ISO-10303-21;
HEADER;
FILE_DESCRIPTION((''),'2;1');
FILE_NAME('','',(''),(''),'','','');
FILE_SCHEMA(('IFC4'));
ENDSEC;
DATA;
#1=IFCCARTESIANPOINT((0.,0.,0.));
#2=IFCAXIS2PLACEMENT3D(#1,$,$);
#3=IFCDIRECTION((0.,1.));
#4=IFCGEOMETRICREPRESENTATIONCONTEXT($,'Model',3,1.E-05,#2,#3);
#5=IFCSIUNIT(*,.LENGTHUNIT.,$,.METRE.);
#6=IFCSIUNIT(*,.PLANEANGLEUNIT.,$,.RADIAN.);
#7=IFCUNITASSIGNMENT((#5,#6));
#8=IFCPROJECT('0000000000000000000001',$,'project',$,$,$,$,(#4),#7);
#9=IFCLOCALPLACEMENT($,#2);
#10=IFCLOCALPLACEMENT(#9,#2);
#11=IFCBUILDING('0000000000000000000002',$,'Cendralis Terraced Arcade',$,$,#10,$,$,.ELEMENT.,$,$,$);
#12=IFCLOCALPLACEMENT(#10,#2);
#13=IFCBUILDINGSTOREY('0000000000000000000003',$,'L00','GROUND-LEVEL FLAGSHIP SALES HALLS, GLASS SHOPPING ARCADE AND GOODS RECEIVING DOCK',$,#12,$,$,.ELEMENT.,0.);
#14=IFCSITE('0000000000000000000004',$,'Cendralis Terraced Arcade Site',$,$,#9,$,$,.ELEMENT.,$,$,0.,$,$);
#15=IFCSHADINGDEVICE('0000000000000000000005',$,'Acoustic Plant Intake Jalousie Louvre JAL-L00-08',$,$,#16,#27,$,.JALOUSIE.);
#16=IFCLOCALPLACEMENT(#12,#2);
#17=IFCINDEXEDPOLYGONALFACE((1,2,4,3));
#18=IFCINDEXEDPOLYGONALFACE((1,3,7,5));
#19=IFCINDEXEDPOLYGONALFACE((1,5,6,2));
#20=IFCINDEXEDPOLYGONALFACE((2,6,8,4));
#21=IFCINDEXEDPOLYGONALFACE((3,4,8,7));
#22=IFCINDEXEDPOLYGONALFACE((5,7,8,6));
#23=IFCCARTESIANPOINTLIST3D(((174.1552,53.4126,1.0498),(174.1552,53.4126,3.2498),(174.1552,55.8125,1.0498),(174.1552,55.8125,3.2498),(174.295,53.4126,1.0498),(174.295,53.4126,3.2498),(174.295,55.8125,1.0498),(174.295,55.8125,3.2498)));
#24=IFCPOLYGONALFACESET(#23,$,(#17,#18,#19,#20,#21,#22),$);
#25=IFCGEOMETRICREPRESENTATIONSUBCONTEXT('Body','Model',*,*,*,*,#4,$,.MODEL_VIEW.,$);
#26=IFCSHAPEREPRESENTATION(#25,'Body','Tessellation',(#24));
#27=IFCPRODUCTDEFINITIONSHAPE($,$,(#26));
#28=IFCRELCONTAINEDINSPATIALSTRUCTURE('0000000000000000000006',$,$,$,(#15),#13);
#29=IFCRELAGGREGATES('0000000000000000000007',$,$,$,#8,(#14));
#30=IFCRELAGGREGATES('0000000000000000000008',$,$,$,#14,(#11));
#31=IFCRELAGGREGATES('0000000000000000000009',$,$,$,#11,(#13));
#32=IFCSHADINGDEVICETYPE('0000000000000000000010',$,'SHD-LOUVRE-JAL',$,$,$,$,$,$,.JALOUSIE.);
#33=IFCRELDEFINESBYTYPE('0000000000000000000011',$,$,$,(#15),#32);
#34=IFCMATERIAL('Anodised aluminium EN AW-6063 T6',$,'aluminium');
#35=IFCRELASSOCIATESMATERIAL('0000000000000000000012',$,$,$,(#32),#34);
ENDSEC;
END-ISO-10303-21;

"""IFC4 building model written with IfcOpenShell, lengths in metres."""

from ifc_helpers import new_model, si_unit, direction, frame, origin, origin_2d, place, context, subcontext, project, spatial, rectangle, extrude, material, type_object, element, save


model = new_model("IFC4")

# Units and contexts
model_context = context("Model", 3, precision=1e-05, world=origin(), true_north=direction((0.0, 1.0)))
body_context = subcontext(model_context, "Body", "Model", "MODEL_VIEW")
ifc_project = project(units=[si_unit("LENGTHUNIT", "METRE"), si_unit("PLANEANGLEUNIT", "RADIAN")], contexts=[model_context])

# Site, building, storey
site_placement = place(None, origin())
site = spatial("IfcSite", under=ifc_project, at=site_placement, Name="Cendralis Terraced Arcade Site", CompositionType="ELEMENT", RefElevation=0.0)
building_placement = place(site_placement, origin())
building = spatial("IfcBuilding", under=site, at=building_placement, Name="Cendralis Terraced Arcade", CompositionType="ELEMENT")
storey_placement = place(building_placement, origin())
storey = spatial("IfcBuildingStorey", under=building, at=storey_placement, Name="L00", Description="GROUND-LEVEL FLAGSHIP SALES HALLS, GLASS SHOPPING ARCADE AND GOODS RECEIVING DOCK", CompositionType="ELEMENT", Elevation=0.0)

# Shading device
ifc_material_1 = material(Name="Anodised aluminium EN AW-6063 T6", Category="aluminium")
shading_device_type = type_object("IfcShadingDeviceType", Name="SHD-LOUVRE-JAL", PredefinedType="JALOUSIE", material=ifc_material_1)
shading_device_placement = place(storey_placement, frame((174.2251, 54.6125, 1.0498), z_axis=(0.0, 0.0, 1.0), x_axis=(0.0, -1.0, 0.0)))
element("IfcShadingDevice", 1, at=shading_device_placement, inside=storey, type_object=shading_device_type, Name="Acoustic Plant Intake Jalousie Louvre JAL-L00-08", PredefinedType="JALOUSIE", context=body_context, shape_type="SweptSolid", body=[
    extrude(rectangle(XDim=2.3999, YDim=0.1399, at=origin_2d()), origin(), (0.0, 0.0, 1.0), 2.2),
])

save(model, "model.ifc")
